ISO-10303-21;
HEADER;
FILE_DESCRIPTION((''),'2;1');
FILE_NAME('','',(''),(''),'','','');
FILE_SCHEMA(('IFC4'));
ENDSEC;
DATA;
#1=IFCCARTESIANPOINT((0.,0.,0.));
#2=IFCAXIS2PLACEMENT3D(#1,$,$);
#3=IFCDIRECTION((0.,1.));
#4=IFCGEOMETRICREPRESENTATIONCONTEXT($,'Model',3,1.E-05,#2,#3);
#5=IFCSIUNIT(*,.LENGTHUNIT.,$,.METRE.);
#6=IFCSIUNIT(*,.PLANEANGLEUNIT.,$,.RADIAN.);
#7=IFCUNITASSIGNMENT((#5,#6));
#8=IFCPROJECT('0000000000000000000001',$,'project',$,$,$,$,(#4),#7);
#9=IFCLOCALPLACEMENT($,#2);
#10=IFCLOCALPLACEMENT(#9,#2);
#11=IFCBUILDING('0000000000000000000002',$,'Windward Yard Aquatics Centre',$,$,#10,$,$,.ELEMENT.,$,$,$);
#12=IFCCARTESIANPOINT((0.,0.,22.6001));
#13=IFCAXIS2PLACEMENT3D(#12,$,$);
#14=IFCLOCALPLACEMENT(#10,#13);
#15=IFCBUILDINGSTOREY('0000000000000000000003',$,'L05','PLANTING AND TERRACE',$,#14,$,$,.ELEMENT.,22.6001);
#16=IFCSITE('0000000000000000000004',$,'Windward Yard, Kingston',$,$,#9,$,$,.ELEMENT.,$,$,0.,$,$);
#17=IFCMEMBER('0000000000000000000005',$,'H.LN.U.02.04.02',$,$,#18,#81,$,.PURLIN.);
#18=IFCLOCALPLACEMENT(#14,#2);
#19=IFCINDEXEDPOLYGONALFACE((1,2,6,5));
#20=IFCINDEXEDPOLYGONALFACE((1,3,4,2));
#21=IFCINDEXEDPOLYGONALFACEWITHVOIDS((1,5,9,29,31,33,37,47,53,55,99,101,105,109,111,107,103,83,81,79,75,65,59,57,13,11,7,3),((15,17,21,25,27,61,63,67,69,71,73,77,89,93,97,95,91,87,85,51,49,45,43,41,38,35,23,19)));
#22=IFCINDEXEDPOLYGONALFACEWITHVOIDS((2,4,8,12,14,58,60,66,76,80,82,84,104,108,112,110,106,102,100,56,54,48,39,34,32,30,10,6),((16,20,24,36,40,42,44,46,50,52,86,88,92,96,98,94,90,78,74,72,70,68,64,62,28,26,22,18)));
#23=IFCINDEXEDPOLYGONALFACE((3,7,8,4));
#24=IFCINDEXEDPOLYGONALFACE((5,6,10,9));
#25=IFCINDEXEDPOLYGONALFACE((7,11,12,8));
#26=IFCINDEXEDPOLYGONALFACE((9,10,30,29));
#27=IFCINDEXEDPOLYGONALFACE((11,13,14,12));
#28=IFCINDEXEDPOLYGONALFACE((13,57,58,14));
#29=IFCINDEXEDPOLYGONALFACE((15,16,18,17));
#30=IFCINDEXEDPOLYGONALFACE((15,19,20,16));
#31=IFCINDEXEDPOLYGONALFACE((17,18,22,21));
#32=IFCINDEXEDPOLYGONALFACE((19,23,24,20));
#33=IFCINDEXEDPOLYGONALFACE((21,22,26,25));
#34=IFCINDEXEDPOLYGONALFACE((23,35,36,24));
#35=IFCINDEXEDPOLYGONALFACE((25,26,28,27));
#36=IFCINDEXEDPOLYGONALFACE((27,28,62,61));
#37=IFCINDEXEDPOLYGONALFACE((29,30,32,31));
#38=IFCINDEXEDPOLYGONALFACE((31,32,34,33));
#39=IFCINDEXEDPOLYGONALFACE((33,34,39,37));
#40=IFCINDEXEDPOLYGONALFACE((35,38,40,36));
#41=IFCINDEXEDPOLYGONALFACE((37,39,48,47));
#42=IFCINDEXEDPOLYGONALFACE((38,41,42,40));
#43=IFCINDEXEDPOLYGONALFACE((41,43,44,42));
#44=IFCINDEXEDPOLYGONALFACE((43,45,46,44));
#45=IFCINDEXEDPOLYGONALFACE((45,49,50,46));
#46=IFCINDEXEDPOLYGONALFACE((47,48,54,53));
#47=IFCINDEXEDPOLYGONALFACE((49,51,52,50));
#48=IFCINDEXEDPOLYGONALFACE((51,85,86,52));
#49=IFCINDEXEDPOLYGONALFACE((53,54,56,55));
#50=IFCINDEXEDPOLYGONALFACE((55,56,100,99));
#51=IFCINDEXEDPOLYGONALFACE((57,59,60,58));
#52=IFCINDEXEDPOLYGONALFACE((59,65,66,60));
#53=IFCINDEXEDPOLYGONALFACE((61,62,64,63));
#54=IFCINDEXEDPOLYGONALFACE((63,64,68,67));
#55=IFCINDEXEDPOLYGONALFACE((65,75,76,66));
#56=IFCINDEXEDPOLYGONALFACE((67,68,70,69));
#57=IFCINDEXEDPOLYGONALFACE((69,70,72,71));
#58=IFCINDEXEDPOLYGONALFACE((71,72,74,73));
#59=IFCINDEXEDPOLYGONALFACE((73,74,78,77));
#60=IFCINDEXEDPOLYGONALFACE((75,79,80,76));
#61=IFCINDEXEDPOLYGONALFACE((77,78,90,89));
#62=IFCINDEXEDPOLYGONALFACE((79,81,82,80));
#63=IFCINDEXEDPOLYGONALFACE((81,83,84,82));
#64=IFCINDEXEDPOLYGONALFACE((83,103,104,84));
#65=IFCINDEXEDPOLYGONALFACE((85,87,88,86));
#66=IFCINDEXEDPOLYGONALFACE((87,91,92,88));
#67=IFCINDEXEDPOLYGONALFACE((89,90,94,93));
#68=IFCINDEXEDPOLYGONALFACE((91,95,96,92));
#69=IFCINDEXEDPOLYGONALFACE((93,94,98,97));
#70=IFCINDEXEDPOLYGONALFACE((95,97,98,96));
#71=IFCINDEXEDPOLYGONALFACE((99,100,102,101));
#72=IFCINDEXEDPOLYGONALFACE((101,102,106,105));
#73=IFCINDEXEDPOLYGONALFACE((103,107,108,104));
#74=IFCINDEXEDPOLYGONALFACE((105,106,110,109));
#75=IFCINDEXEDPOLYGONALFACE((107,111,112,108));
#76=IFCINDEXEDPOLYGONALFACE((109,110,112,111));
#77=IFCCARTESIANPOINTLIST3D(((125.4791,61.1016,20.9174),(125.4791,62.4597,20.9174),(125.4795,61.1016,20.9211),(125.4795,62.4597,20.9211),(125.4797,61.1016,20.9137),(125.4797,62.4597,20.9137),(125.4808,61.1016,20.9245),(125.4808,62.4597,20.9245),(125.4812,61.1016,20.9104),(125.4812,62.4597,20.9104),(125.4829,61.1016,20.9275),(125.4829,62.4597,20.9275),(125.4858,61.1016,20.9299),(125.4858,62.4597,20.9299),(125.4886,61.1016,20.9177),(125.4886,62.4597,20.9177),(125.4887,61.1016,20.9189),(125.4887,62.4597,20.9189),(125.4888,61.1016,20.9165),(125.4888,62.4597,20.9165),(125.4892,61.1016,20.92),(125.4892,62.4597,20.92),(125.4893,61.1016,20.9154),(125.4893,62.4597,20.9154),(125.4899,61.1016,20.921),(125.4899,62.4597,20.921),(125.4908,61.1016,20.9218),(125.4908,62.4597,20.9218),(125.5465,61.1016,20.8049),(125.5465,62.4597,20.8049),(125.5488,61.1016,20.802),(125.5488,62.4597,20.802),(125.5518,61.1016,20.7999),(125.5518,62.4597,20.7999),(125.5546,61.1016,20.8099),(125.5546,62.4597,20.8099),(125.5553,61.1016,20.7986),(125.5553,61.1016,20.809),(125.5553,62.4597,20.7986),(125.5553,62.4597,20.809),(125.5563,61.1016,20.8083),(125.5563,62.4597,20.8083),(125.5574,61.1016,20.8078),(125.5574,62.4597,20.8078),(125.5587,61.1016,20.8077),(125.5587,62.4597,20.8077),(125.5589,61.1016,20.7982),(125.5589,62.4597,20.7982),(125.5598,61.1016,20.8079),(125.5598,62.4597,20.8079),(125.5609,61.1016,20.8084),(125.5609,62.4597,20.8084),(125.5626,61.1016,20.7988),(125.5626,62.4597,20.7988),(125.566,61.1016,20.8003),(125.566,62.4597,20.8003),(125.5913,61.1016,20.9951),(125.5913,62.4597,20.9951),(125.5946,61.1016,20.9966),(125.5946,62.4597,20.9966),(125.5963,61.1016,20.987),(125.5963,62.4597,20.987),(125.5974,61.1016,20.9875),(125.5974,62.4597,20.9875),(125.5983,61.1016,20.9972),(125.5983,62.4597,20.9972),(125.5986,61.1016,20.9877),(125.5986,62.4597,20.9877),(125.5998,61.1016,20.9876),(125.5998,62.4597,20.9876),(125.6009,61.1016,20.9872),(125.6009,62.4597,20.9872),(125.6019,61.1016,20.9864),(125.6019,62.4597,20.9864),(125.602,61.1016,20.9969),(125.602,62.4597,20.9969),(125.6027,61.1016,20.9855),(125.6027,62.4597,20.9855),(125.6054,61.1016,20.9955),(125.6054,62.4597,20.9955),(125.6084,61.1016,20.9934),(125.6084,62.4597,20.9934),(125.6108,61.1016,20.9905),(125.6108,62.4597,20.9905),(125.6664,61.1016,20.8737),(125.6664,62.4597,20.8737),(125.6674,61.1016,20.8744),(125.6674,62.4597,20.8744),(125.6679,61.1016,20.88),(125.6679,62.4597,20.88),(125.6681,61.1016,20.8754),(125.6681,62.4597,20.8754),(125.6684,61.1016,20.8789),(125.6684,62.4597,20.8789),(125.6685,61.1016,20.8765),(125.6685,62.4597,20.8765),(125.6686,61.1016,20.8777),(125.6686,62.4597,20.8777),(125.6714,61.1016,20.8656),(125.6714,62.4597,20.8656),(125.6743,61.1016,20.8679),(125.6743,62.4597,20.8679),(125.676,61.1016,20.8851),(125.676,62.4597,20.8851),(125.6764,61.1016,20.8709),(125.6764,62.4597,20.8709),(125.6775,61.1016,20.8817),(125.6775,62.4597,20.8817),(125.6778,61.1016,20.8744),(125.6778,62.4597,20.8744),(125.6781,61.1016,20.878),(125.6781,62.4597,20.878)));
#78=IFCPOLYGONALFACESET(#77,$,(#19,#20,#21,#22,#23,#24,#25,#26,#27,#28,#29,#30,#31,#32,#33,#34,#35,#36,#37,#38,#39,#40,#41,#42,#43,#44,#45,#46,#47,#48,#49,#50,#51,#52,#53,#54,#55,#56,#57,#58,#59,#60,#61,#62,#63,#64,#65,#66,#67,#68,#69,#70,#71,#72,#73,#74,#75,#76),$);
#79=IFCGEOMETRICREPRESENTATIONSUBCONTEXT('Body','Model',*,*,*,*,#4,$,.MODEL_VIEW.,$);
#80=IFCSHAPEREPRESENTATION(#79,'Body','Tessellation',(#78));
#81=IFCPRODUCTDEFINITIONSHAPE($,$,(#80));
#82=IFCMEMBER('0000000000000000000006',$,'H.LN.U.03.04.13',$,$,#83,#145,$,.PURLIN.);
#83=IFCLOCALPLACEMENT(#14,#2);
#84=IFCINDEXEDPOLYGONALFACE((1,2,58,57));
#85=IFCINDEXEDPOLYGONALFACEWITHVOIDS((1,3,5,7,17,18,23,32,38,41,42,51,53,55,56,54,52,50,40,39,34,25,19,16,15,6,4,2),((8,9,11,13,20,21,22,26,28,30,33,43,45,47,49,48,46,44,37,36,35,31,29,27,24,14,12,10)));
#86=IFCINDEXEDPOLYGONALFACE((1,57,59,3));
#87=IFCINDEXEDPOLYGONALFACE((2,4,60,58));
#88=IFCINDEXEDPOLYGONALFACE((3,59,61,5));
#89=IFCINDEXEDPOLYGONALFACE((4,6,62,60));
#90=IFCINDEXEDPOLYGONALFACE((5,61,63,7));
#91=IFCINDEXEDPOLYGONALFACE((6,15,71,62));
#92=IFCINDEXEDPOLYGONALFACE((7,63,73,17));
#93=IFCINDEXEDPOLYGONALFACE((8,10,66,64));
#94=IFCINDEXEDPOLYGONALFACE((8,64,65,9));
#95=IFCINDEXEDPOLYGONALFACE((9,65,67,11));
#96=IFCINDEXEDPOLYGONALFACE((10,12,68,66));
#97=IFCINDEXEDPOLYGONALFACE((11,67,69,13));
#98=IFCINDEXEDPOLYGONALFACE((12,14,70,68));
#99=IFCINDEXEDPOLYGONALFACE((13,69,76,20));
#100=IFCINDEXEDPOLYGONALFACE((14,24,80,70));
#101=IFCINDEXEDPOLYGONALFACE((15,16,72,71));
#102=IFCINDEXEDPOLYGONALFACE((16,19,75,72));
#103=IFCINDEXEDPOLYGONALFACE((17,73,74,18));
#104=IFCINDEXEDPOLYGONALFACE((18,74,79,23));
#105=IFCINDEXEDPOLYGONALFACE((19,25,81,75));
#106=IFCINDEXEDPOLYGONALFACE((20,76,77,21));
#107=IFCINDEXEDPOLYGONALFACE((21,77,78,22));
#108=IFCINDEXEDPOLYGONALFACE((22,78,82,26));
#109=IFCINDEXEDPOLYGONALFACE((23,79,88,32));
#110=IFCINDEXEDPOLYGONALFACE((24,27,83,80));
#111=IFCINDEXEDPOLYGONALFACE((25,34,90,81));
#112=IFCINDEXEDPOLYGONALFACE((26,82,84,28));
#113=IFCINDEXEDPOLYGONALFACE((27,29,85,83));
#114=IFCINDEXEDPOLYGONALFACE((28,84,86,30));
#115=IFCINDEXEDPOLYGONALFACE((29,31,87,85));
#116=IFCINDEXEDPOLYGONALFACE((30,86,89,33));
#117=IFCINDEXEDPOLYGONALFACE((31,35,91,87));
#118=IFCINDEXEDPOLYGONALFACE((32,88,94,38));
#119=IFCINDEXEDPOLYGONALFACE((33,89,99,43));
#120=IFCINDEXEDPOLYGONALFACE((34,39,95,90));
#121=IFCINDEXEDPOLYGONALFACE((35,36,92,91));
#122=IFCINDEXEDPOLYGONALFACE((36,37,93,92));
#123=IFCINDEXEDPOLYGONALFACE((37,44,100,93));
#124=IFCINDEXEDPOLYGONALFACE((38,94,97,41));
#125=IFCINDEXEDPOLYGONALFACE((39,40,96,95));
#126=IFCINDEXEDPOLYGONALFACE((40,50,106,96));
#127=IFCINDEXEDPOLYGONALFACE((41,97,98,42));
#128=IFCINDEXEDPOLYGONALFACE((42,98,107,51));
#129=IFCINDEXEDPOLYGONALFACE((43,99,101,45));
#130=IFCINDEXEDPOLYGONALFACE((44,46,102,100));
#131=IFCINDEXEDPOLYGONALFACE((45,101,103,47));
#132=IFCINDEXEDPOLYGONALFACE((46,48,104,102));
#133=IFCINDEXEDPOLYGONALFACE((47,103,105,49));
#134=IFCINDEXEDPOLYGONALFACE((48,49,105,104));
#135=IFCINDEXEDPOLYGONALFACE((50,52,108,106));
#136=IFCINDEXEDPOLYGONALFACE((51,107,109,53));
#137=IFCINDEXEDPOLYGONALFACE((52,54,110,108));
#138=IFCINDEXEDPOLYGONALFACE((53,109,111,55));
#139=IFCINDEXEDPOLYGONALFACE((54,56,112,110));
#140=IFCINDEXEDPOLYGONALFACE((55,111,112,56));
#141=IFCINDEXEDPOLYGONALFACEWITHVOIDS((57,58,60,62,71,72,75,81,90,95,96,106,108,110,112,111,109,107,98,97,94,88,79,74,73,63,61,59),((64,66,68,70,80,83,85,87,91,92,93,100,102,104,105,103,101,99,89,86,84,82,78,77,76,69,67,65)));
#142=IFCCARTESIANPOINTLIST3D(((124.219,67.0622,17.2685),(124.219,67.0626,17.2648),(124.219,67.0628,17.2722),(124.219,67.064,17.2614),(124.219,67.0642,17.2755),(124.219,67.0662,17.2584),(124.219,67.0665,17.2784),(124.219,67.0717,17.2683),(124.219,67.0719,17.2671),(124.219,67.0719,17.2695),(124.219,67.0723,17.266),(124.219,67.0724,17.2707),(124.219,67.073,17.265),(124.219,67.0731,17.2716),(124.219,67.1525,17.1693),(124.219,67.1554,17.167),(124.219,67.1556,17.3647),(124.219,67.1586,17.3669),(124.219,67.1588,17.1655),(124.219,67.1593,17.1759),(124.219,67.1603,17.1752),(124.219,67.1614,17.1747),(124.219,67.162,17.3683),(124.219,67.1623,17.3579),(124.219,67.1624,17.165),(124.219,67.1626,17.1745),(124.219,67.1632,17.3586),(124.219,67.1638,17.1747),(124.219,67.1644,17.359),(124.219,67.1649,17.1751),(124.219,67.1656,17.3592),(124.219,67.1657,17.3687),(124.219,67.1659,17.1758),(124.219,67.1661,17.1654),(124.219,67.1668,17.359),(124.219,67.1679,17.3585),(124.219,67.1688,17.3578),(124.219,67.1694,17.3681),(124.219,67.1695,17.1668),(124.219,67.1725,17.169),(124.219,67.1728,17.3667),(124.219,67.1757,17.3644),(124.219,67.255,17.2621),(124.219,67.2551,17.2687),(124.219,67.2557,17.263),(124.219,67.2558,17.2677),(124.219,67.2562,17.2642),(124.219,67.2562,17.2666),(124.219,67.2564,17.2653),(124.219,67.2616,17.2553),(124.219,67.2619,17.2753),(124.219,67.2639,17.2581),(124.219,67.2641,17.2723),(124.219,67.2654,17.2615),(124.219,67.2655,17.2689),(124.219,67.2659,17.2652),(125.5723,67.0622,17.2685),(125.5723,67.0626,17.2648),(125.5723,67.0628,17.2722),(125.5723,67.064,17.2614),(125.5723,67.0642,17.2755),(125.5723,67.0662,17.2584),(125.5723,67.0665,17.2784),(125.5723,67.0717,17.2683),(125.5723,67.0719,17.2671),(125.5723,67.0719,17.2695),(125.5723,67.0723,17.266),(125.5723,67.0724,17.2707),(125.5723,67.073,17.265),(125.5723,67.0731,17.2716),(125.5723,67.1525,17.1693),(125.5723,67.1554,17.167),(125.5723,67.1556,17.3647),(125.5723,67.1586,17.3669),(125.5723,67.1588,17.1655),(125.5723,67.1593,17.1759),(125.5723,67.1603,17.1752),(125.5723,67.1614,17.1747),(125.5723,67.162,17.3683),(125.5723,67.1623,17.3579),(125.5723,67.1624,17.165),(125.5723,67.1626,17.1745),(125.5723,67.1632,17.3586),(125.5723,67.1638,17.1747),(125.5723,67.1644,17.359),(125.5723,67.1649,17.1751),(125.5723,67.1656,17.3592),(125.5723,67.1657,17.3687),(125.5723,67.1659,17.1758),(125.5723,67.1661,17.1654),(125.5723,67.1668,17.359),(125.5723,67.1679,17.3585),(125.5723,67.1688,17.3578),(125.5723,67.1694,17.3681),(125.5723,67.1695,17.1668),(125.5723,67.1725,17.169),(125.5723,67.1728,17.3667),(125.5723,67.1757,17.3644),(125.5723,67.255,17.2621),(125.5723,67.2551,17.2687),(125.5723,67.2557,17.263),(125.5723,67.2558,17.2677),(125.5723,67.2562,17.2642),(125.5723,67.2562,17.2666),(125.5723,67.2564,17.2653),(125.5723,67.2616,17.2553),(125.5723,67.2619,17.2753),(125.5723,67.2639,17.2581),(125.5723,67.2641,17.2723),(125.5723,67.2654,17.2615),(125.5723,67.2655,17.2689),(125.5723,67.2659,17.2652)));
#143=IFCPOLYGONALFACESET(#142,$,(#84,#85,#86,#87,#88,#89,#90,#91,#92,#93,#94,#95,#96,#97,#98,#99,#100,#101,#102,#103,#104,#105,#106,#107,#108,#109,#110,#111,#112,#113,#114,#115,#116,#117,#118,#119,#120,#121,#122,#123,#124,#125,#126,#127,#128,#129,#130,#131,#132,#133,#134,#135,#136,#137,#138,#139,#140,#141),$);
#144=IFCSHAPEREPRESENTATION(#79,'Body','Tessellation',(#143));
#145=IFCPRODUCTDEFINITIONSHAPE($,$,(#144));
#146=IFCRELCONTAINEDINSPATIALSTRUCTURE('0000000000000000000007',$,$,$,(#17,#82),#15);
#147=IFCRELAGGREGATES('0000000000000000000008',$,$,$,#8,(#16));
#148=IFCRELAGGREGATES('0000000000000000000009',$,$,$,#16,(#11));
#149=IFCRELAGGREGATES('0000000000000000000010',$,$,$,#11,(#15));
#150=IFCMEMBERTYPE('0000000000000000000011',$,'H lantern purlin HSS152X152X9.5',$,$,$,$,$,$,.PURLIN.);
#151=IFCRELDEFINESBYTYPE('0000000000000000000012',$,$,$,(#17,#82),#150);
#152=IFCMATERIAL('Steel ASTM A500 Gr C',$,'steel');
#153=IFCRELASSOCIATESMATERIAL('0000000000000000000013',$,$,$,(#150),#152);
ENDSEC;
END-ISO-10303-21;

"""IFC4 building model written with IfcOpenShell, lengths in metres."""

from ifc_helpers import new_model, si_unit, direction, frame, origin, origin_2d, place, context, subcontext, project, spatial, hollow_rectangle, extrude, material, material_profile, profile_set, type_object, element, save


model = new_model("IFC4")

# Units and contexts
model_context = context("Model", 3, precision=1e-05, world=origin(), true_north=direction((0.0, 1.0)))
body_context = subcontext(model_context, "Body", "Model", "MODEL_VIEW")
ifc_project = project(units=[si_unit("LENGTHUNIT", "METRE"), si_unit("PLANEANGLEUNIT", "RADIAN")], contexts=[model_context])

# Site, building, storey
site_placement = place(None, origin())
site = spatial("IfcSite", under=ifc_project, at=site_placement, Name="Windward Yard, Kingston", CompositionType="ELEMENT", RefElevation=0.0)
building_placement = place(site_placement, origin())
building = spatial("IfcBuilding", under=site, at=building_placement, Name="Windward Yard Aquatics Centre", CompositionType="ELEMENT")
storey_placement = place(building_placement, frame((0.0, 0.0, 22.6001)))
storey = spatial("IfcBuildingStorey", under=building, at=storey_placement, Name="L05", Description="PLANTING AND TERRACE", CompositionType="ELEMENT", Elevation=22.6001)

# Members
ifc_material_1 = material(Name="Steel ASTM A500 Gr C", Category="steel")
ifc_material_profile = material_profile(ifc_material_1, hollow_rectangle(XDim=0.1523, YDim=0.1523, WallThickness=0.0095, InnerFilletRadius=0.0046, OuterFilletRadius=0.0142, at=origin_2d()), Name="HSS152X152X9.5")
ifc_profile_set = profile_set([ifc_material_profile], Name="Steel ASTM A500 Gr C")
member_type = type_object("IfcMemberType", Name="H lantern purlin HSS152X152X9.5", PredefinedType="PURLIN", material=ifc_profile_set)
member_1_placement = place(storey_placement, frame((125.5786, 62.4597, 20.8977), z_axis=(0.0, -1.0, 0.0), x_axis=(0.526172, 0.0, -0.850378)))
element("IfcMember", 1, at=member_1_placement, inside=storey, type_object=member_type, Name="H.LN.U.02.04.02", PredefinedType="PURLIN", context=body_context, shape_type="SweptSolid", body=[
    extrude(hollow_rectangle(XDim=0.1523, YDim=0.1523, WallThickness=0.0095, InnerFilletRadius=0.0046, OuterFilletRadius=0.0142, at=origin_2d()), origin(), (0.0, 0.0, 1.0), 1.3582),
])
member_2_placement = place(storey_placement, frame((124.219, 67.1641, 17.2668), z_axis=(1.0, 0.0, 0.0), x_axis=(0.0, 0.69555, -0.718477)))
element("IfcMember", 2, at=member_2_placement, inside=storey, type_object=member_type, Name="H.LN.U.03.04.13", PredefinedType="PURLIN", context=body_context, shape_type="SweptSolid", body=[
    extrude(hollow_rectangle(XDim=0.1523, YDim=0.1523, WallThickness=0.0095, InnerFilletRadius=0.0046, OuterFilletRadius=0.0142, at=origin_2d()), origin(), (0.0, 0.0, 1.0), 1.3533),
])

save(model, "model.ifc")
